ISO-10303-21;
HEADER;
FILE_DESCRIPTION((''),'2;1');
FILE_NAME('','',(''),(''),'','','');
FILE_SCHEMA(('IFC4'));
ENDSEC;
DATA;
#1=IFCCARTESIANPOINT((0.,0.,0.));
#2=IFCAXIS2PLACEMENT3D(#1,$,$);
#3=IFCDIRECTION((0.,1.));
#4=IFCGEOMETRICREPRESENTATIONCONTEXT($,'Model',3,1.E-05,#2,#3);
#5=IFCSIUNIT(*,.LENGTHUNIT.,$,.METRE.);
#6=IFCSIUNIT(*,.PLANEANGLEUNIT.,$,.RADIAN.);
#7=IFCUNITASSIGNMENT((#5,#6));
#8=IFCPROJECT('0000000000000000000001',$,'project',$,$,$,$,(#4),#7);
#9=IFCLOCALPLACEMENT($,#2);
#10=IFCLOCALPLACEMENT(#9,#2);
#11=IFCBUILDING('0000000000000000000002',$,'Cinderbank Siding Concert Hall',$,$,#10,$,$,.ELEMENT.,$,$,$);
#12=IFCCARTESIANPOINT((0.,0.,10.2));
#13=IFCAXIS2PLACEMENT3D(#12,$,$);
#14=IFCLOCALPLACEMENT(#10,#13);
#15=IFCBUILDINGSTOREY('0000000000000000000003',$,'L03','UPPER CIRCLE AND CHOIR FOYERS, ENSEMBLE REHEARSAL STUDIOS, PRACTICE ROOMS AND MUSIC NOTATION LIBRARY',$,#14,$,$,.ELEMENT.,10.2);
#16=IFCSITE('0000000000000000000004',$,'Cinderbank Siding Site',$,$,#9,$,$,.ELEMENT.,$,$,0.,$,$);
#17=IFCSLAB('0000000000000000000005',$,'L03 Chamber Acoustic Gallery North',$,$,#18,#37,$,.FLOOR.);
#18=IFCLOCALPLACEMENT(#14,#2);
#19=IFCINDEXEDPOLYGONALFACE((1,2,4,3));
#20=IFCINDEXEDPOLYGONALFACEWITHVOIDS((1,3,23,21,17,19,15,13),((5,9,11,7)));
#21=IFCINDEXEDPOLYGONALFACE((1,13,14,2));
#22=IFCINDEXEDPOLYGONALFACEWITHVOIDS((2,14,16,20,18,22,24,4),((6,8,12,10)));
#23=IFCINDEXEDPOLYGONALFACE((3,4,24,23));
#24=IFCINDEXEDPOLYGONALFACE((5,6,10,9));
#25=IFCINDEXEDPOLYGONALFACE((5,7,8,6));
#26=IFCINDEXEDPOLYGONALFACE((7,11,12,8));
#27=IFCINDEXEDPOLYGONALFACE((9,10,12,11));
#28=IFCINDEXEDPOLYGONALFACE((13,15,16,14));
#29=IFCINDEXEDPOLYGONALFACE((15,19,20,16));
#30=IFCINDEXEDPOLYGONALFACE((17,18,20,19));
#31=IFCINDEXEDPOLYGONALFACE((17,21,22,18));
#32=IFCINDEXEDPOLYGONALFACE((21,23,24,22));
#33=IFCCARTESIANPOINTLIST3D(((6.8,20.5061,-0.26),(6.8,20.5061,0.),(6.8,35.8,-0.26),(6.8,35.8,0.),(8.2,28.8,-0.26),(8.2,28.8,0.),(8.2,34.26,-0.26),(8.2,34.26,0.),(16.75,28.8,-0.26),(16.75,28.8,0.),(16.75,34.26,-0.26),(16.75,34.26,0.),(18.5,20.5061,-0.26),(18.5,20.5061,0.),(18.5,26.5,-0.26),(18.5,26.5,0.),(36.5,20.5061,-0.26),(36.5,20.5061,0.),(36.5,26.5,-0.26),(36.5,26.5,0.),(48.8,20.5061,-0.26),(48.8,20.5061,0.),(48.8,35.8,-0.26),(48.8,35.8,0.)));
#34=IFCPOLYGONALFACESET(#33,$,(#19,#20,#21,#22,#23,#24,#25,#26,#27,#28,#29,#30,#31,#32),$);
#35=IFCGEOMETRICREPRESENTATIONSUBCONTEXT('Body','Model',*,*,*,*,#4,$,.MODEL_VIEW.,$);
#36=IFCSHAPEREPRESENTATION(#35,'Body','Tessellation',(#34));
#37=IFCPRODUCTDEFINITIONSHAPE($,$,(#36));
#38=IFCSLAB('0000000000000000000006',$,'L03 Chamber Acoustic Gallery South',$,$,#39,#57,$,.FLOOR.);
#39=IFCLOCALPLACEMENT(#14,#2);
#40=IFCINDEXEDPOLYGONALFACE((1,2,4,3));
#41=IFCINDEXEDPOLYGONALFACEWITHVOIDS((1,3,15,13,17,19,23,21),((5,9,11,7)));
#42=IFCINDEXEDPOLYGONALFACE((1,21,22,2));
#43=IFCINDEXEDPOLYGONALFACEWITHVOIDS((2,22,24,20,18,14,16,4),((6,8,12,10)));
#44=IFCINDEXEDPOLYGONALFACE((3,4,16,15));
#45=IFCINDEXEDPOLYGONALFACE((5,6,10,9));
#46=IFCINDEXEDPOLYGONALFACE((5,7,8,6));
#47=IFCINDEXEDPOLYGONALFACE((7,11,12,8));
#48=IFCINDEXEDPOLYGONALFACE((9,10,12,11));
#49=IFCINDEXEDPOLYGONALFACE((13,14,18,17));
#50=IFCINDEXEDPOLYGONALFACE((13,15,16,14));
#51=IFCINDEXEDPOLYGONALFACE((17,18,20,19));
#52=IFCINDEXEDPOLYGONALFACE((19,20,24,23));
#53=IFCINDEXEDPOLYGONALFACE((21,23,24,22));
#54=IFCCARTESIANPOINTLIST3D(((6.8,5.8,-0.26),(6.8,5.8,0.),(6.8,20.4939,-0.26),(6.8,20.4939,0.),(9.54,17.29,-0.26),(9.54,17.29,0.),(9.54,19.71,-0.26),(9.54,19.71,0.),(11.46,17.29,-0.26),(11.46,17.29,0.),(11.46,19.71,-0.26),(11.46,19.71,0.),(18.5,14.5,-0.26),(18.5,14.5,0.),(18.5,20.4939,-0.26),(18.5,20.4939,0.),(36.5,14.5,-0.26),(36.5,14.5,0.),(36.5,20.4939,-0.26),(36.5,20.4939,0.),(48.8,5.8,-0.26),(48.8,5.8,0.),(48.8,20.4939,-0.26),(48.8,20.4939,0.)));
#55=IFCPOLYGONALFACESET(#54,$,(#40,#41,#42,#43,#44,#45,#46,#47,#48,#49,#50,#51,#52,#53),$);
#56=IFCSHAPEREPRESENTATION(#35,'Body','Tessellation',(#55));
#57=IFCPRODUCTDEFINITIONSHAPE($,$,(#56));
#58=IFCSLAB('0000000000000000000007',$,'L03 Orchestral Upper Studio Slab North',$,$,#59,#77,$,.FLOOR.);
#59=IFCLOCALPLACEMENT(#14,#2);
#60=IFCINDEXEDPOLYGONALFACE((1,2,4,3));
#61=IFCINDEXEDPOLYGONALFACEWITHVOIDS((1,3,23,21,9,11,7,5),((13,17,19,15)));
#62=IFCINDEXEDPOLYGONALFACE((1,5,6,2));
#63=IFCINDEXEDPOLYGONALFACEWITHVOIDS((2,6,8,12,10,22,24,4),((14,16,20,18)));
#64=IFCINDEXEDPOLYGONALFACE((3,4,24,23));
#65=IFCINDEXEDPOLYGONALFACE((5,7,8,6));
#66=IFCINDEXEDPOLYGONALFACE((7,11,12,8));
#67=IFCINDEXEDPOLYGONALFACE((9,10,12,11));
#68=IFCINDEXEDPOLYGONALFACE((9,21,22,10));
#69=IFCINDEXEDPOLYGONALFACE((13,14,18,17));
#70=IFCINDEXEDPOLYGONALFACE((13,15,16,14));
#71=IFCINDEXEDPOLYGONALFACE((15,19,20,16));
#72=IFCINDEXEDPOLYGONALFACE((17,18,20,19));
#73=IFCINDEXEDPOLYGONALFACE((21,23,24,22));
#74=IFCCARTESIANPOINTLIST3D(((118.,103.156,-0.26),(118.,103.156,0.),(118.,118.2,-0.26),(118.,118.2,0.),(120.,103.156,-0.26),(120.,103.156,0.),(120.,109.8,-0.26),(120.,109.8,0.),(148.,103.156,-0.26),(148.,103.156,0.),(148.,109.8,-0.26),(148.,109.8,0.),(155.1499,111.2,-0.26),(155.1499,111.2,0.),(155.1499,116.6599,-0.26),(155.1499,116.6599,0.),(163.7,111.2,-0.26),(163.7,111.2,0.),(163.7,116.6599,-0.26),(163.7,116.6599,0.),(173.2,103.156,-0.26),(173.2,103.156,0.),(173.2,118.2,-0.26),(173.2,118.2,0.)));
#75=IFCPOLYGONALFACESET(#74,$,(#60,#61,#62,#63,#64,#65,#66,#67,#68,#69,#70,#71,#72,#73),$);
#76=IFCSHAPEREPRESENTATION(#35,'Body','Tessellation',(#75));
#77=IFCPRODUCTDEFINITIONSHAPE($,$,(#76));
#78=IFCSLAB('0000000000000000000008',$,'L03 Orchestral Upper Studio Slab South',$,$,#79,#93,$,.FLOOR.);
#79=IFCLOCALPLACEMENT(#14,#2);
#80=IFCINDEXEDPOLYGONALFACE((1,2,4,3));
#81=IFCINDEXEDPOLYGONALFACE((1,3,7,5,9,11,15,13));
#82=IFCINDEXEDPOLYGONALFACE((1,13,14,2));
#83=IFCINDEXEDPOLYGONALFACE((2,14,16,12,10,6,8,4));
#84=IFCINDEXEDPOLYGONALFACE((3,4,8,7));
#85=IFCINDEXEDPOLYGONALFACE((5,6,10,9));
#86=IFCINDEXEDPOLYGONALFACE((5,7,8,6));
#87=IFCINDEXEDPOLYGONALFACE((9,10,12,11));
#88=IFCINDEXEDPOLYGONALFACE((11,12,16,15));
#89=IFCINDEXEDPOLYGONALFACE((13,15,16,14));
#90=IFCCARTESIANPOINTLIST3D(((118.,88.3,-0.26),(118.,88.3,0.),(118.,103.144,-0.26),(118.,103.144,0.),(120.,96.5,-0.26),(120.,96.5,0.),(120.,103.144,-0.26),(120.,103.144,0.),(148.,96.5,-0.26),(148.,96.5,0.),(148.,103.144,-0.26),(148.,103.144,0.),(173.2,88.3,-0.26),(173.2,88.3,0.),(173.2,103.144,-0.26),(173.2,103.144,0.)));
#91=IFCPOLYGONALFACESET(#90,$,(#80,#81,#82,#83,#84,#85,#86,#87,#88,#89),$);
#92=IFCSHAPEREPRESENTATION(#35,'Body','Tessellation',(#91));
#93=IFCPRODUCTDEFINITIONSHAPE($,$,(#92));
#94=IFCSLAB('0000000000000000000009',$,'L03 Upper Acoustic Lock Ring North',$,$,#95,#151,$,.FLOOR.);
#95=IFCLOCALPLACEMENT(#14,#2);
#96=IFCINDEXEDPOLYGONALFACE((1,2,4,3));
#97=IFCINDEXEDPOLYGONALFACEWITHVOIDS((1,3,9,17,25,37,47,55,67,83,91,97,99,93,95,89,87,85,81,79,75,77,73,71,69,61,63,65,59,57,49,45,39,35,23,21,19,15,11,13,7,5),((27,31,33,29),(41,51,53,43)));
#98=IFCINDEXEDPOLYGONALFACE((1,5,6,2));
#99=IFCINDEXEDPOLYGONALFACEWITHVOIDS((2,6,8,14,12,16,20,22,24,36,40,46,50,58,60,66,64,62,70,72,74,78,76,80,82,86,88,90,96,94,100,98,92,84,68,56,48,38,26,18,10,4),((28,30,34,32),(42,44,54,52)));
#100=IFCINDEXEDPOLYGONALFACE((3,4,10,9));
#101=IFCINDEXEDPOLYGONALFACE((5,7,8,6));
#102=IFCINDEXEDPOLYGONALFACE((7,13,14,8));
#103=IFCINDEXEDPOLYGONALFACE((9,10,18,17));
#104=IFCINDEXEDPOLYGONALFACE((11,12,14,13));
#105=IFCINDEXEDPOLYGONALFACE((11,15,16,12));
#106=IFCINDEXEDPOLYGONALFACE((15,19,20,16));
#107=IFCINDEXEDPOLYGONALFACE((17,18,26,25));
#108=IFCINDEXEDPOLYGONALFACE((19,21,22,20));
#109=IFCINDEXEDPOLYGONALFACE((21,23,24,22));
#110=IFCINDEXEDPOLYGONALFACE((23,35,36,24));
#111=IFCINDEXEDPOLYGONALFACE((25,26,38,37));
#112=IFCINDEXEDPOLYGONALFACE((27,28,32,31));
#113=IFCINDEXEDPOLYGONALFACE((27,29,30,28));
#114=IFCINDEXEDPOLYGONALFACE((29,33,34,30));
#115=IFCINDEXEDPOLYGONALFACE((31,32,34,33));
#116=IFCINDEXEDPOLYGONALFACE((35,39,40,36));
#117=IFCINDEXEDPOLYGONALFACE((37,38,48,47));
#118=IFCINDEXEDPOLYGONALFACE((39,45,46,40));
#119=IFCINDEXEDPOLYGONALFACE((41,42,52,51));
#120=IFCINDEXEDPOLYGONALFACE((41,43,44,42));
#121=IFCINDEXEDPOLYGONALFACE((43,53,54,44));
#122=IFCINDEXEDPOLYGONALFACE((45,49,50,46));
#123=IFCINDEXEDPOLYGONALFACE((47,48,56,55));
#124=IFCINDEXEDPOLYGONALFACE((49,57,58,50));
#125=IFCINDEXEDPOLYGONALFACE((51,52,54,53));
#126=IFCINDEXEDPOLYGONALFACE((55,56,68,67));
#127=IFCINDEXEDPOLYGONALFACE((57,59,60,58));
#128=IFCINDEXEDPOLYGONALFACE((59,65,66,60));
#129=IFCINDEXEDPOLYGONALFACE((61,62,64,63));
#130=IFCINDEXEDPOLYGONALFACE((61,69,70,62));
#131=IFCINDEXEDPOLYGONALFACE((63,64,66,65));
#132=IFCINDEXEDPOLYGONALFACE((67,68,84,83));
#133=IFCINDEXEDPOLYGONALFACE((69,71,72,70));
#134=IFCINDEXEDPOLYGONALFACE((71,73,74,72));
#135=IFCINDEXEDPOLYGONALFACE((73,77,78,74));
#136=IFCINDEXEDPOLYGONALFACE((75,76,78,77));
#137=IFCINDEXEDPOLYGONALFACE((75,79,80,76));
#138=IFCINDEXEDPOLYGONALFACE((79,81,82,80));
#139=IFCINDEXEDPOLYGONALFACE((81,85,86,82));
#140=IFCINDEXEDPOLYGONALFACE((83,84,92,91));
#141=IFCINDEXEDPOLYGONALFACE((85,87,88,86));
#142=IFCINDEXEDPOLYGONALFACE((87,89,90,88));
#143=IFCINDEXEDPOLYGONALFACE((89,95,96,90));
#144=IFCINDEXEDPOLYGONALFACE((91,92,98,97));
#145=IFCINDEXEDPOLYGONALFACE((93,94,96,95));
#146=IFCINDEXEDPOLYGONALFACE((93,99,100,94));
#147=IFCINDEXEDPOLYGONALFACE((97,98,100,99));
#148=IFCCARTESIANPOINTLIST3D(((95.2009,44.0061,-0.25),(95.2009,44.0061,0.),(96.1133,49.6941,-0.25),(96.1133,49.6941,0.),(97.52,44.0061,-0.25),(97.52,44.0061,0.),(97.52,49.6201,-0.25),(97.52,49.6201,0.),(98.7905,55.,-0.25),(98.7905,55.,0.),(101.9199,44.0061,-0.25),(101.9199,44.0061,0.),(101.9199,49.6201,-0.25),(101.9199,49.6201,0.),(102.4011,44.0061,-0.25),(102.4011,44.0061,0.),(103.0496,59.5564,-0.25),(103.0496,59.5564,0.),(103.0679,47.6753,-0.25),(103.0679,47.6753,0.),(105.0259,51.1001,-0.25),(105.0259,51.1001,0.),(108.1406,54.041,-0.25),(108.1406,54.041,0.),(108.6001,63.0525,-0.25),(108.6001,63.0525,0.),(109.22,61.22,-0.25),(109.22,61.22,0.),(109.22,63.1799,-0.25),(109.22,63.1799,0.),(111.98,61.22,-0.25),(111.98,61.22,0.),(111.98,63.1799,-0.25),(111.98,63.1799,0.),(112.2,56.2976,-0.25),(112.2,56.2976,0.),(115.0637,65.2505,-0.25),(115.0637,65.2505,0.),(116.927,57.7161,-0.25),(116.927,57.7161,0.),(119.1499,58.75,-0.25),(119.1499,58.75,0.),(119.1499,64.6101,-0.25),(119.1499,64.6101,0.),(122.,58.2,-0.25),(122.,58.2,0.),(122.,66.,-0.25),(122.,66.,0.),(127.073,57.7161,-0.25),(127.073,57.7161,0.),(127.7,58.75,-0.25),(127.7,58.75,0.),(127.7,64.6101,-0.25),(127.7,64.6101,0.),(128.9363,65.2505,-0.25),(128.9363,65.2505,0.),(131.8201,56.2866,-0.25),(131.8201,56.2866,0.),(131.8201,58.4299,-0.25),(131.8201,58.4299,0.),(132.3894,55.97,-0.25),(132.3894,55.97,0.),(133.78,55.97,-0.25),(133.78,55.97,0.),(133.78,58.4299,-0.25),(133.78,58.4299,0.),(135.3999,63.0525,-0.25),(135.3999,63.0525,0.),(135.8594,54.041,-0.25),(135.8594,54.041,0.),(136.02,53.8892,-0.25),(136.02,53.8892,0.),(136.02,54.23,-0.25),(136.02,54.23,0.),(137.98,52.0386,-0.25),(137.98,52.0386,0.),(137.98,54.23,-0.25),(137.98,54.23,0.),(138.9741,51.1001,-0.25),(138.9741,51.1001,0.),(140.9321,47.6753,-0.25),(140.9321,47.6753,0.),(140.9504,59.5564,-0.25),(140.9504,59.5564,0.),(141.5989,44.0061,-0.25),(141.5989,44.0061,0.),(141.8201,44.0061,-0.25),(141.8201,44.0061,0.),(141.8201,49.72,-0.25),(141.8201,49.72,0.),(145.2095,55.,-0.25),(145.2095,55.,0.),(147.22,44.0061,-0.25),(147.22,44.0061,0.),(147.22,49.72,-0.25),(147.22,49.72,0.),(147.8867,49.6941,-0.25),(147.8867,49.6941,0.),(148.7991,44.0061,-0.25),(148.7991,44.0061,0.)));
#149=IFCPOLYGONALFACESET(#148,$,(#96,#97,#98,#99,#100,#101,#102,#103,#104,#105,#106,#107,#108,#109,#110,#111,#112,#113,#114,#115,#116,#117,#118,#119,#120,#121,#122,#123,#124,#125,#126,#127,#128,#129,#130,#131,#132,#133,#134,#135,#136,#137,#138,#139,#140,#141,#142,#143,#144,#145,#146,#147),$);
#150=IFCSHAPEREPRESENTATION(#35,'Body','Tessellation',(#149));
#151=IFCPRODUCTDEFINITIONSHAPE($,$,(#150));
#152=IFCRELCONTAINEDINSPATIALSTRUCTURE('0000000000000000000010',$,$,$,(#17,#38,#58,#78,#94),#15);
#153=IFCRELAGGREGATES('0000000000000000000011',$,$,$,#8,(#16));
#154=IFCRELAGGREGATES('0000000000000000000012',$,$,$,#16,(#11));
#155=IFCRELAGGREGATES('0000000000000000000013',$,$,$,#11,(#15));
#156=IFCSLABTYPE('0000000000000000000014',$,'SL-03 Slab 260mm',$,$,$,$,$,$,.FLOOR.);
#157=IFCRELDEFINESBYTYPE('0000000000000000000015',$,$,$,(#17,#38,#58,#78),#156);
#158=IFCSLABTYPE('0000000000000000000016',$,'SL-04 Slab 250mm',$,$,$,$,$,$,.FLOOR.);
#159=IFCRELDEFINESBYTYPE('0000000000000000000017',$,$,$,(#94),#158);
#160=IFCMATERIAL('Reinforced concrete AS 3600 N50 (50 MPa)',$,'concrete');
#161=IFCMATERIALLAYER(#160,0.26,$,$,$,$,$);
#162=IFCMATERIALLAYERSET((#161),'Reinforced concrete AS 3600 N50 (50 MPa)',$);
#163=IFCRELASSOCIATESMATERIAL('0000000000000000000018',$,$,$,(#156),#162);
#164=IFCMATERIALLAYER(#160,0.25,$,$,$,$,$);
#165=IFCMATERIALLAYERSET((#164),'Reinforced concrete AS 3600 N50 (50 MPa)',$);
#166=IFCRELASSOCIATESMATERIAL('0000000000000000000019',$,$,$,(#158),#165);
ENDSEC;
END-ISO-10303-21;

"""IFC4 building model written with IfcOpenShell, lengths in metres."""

from ifc_helpers import new_model, si_unit, direction, frame, origin, place, context, subcontext, project, spatial, polyline, outline, extrude, material, layer, layer_set, type_object, element, save


model = new_model("IFC4")

# Units and contexts
model_context = context("Model", 3, precision=1e-05, world=origin(), true_north=direction((0.0, 1.0)))
body_context = subcontext(model_context, "Body", "Model", "MODEL_VIEW")
ifc_project = project(units=[si_unit("LENGTHUNIT", "METRE"), si_unit("PLANEANGLEUNIT", "RADIAN")], contexts=[model_context])

# Site, building, storey
site_placement = place(None, origin())
site = spatial("IfcSite", under=ifc_project, at=site_placement, Name="Cinderbank Siding Site", CompositionType="ELEMENT", RefElevation=0.0)
building_placement = place(site_placement, origin())
building = spatial("IfcBuilding", under=site, at=building_placement, Name="Cinderbank Siding Concert Hall", CompositionType="ELEMENT")
storey_placement = place(building_placement, frame((0.0, 0.0, 10.2)))
storey = spatial("IfcBuildingStorey", under=building, at=storey_placement, Name="L03", Description="UPPER CIRCLE AND CHOIR FOYERS, ENSEMBLE REHEARSAL STUDIOS, PRACTICE ROOMS AND MUSIC NOTATION LIBRARY", CompositionType="ELEMENT", Elevation=10.2)

# Shared definitions
ifc_material_1 = material(Name="Reinforced concrete AS 3600 N50 (50 MPa)", Category="concrete")

# Slabs
ifc_layer_1 = layer(ifc_material_1, 0.26)
ifc_layer_set_1 = layer_set([ifc_layer_1], Name="Reinforced concrete AS 3600 N50 (50 MPa)")
slab_type_1 = type_object("IfcSlabType", Name="SL-03 Slab 260mm", PredefinedType="FLOOR", material=ifc_layer_set_1)
slab_1_placement = place(storey_placement, frame((0.0, 0.0, -0.26)))
element("IfcSlab", 1, at=slab_1_placement, inside=storey, type_object=slab_type_1, Name="L03 Chamber Acoustic Gallery North", PredefinedType="FLOOR", context=body_context, shape_type="SweptSolid", body=[
    extrude(outline(polyline([(48.8, 20.5061), (36.5, 20.5061), (36.5, 26.5), (18.5, 26.5), (18.5, 20.5061), (6.8, 20.5061), (6.8, 35.8), (48.8, 35.8), (48.8, 20.5061)]), holes=[polyline([(16.75, 34.26), (8.2, 34.26), (8.2, 28.8), (16.75, 28.8), (16.75, 34.26)])]), origin(), (0.0, 0.0, 1.0), 0.26),
])
slab_2_placement = place(storey_placement, frame((0.0, 0.0, -0.26)))
element("IfcSlab", 2, at=slab_2_placement, inside=storey, type_object=slab_type_1, Name="L03 Chamber Acoustic Gallery South", PredefinedType="FLOOR", context=body_context, shape_type="SweptSolid", body=[
    extrude(outline(polyline([(48.8, 5.8), (6.8, 5.8), (6.8, 20.4939), (18.5, 20.4939), (18.5, 14.5), (36.5, 14.5), (36.5, 20.4939), (48.8, 20.4939), (48.8, 5.8)]), holes=[polyline([(9.54, 17.29), (11.46, 17.29), (11.46, 19.71), (9.54, 19.71), (9.54, 17.29)])]), origin(), (0.0, 0.0, 1.0), 0.26),
])
slab_3_placement = place(storey_placement, frame((0.0, 0.0, -0.26)))
element("IfcSlab", 3, at=slab_3_placement, inside=storey, type_object=slab_type_1, Name="L03 Orchestral Upper Studio Slab North", PredefinedType="FLOOR", context=body_context, shape_type="SweptSolid", body=[
    extrude(outline(polyline([(173.2, 118.2), (173.2, 103.156), (148.0, 103.156), (148.0, 109.8), (120.0, 109.8), (120.0, 103.156), (118.0, 103.156), (118.0, 118.2), (173.2, 118.2)]), holes=[polyline([(155.1499, 111.2), (163.7, 111.2), (163.7, 116.6599), (155.1499, 116.6599), (155.1499, 111.2)])]), origin(), (0.0, 0.0, 1.0), 0.26),
])
slab_4_placement = place(storey_placement, frame((0.0, 0.0, -0.26)))
element("IfcSlab", 4, at=slab_4_placement, inside=storey, type_object=slab_type_1, Name="L03 Orchestral Upper Studio Slab South", PredefinedType="FLOOR", context=body_context, shape_type="SweptSolid", body=[
    extrude(outline(polyline([(173.2, 88.3), (118.0, 88.3), (118.0, 103.144), (120.0, 103.144), (120.0, 96.5), (148.0, 96.5), (148.0, 103.144), (173.2, 103.144), (173.2, 88.3)])), origin(), (0.0, 0.0, 1.0), 0.26),
])
ifc_layer_2 = layer(ifc_material_1, 0.25)
ifc_layer_set_2 = layer_set([ifc_layer_2], Name="Reinforced concrete AS 3600 N50 (50 MPa)")
slab_type_2 = type_object("IfcSlabType", Name="SL-04 Slab 250mm", PredefinedType="FLOOR", material=ifc_layer_set_2)
slab_5_placement = place(storey_placement, frame((0.0, 0.0, -0.25)))
element("IfcSlab", 5, at=slab_5_placement, inside=storey, type_object=slab_type_2, Name="L03 Upper Acoustic Lock Ring North", PredefinedType="FLOOR", context=body_context, shape_type="SweptSolid", body=[
    extrude(outline(polyline([(122.0, 66.0), (128.9363, 65.2505), (135.3999, 63.0525), (140.9504, 59.5564), (145.2095, 55.0), (147.8867, 49.6941), (148.7991, 44.0061), (147.22, 44.0061), (147.22, 49.72), (141.8201, 49.72), (141.8201, 44.0061), (141.5989, 44.0061), (140.9321, 47.6753), (138.9741, 51.1001), (137.98, 52.0386), (137.98, 54.23), (136.02, 54.23), (136.02, 53.8892), (135.8594, 54.041), (132.3894, 55.97), (133.78, 55.97), (133.78, 58.4299), (131.8201, 58.4299), (131.8201, 56.2866), (127.073, 57.7161), (122.0, 58.2), (116.927, 57.7161), (112.2, 56.2976), (108.1406, 54.041), (105.0259, 51.1001), (103.0679, 47.6753), (102.4011, 44.0061), (101.9199, 44.0061), (101.9199, 49.6201), (97.52, 49.6201), (97.52, 44.0061), (95.2009, 44.0061), (96.1133, 49.6941), (98.7905, 55.0), (103.0496, 59.5564), (108.6001, 63.0525), (115.0637, 65.2505), (122.0, 66.0)]), holes=[polyline([(119.1499, 58.75), (127.7, 58.75), (127.7, 64.6101), (119.1499, 64.6101), (119.1499, 58.75)]), polyline([(111.98, 61.22), (111.98, 63.1799), (109.22, 63.1799), (109.22, 61.22), (111.98, 61.22)])]), origin(), (0.0, 0.0, 1.0), 0.25),
])

save(model, "model.ifc")
